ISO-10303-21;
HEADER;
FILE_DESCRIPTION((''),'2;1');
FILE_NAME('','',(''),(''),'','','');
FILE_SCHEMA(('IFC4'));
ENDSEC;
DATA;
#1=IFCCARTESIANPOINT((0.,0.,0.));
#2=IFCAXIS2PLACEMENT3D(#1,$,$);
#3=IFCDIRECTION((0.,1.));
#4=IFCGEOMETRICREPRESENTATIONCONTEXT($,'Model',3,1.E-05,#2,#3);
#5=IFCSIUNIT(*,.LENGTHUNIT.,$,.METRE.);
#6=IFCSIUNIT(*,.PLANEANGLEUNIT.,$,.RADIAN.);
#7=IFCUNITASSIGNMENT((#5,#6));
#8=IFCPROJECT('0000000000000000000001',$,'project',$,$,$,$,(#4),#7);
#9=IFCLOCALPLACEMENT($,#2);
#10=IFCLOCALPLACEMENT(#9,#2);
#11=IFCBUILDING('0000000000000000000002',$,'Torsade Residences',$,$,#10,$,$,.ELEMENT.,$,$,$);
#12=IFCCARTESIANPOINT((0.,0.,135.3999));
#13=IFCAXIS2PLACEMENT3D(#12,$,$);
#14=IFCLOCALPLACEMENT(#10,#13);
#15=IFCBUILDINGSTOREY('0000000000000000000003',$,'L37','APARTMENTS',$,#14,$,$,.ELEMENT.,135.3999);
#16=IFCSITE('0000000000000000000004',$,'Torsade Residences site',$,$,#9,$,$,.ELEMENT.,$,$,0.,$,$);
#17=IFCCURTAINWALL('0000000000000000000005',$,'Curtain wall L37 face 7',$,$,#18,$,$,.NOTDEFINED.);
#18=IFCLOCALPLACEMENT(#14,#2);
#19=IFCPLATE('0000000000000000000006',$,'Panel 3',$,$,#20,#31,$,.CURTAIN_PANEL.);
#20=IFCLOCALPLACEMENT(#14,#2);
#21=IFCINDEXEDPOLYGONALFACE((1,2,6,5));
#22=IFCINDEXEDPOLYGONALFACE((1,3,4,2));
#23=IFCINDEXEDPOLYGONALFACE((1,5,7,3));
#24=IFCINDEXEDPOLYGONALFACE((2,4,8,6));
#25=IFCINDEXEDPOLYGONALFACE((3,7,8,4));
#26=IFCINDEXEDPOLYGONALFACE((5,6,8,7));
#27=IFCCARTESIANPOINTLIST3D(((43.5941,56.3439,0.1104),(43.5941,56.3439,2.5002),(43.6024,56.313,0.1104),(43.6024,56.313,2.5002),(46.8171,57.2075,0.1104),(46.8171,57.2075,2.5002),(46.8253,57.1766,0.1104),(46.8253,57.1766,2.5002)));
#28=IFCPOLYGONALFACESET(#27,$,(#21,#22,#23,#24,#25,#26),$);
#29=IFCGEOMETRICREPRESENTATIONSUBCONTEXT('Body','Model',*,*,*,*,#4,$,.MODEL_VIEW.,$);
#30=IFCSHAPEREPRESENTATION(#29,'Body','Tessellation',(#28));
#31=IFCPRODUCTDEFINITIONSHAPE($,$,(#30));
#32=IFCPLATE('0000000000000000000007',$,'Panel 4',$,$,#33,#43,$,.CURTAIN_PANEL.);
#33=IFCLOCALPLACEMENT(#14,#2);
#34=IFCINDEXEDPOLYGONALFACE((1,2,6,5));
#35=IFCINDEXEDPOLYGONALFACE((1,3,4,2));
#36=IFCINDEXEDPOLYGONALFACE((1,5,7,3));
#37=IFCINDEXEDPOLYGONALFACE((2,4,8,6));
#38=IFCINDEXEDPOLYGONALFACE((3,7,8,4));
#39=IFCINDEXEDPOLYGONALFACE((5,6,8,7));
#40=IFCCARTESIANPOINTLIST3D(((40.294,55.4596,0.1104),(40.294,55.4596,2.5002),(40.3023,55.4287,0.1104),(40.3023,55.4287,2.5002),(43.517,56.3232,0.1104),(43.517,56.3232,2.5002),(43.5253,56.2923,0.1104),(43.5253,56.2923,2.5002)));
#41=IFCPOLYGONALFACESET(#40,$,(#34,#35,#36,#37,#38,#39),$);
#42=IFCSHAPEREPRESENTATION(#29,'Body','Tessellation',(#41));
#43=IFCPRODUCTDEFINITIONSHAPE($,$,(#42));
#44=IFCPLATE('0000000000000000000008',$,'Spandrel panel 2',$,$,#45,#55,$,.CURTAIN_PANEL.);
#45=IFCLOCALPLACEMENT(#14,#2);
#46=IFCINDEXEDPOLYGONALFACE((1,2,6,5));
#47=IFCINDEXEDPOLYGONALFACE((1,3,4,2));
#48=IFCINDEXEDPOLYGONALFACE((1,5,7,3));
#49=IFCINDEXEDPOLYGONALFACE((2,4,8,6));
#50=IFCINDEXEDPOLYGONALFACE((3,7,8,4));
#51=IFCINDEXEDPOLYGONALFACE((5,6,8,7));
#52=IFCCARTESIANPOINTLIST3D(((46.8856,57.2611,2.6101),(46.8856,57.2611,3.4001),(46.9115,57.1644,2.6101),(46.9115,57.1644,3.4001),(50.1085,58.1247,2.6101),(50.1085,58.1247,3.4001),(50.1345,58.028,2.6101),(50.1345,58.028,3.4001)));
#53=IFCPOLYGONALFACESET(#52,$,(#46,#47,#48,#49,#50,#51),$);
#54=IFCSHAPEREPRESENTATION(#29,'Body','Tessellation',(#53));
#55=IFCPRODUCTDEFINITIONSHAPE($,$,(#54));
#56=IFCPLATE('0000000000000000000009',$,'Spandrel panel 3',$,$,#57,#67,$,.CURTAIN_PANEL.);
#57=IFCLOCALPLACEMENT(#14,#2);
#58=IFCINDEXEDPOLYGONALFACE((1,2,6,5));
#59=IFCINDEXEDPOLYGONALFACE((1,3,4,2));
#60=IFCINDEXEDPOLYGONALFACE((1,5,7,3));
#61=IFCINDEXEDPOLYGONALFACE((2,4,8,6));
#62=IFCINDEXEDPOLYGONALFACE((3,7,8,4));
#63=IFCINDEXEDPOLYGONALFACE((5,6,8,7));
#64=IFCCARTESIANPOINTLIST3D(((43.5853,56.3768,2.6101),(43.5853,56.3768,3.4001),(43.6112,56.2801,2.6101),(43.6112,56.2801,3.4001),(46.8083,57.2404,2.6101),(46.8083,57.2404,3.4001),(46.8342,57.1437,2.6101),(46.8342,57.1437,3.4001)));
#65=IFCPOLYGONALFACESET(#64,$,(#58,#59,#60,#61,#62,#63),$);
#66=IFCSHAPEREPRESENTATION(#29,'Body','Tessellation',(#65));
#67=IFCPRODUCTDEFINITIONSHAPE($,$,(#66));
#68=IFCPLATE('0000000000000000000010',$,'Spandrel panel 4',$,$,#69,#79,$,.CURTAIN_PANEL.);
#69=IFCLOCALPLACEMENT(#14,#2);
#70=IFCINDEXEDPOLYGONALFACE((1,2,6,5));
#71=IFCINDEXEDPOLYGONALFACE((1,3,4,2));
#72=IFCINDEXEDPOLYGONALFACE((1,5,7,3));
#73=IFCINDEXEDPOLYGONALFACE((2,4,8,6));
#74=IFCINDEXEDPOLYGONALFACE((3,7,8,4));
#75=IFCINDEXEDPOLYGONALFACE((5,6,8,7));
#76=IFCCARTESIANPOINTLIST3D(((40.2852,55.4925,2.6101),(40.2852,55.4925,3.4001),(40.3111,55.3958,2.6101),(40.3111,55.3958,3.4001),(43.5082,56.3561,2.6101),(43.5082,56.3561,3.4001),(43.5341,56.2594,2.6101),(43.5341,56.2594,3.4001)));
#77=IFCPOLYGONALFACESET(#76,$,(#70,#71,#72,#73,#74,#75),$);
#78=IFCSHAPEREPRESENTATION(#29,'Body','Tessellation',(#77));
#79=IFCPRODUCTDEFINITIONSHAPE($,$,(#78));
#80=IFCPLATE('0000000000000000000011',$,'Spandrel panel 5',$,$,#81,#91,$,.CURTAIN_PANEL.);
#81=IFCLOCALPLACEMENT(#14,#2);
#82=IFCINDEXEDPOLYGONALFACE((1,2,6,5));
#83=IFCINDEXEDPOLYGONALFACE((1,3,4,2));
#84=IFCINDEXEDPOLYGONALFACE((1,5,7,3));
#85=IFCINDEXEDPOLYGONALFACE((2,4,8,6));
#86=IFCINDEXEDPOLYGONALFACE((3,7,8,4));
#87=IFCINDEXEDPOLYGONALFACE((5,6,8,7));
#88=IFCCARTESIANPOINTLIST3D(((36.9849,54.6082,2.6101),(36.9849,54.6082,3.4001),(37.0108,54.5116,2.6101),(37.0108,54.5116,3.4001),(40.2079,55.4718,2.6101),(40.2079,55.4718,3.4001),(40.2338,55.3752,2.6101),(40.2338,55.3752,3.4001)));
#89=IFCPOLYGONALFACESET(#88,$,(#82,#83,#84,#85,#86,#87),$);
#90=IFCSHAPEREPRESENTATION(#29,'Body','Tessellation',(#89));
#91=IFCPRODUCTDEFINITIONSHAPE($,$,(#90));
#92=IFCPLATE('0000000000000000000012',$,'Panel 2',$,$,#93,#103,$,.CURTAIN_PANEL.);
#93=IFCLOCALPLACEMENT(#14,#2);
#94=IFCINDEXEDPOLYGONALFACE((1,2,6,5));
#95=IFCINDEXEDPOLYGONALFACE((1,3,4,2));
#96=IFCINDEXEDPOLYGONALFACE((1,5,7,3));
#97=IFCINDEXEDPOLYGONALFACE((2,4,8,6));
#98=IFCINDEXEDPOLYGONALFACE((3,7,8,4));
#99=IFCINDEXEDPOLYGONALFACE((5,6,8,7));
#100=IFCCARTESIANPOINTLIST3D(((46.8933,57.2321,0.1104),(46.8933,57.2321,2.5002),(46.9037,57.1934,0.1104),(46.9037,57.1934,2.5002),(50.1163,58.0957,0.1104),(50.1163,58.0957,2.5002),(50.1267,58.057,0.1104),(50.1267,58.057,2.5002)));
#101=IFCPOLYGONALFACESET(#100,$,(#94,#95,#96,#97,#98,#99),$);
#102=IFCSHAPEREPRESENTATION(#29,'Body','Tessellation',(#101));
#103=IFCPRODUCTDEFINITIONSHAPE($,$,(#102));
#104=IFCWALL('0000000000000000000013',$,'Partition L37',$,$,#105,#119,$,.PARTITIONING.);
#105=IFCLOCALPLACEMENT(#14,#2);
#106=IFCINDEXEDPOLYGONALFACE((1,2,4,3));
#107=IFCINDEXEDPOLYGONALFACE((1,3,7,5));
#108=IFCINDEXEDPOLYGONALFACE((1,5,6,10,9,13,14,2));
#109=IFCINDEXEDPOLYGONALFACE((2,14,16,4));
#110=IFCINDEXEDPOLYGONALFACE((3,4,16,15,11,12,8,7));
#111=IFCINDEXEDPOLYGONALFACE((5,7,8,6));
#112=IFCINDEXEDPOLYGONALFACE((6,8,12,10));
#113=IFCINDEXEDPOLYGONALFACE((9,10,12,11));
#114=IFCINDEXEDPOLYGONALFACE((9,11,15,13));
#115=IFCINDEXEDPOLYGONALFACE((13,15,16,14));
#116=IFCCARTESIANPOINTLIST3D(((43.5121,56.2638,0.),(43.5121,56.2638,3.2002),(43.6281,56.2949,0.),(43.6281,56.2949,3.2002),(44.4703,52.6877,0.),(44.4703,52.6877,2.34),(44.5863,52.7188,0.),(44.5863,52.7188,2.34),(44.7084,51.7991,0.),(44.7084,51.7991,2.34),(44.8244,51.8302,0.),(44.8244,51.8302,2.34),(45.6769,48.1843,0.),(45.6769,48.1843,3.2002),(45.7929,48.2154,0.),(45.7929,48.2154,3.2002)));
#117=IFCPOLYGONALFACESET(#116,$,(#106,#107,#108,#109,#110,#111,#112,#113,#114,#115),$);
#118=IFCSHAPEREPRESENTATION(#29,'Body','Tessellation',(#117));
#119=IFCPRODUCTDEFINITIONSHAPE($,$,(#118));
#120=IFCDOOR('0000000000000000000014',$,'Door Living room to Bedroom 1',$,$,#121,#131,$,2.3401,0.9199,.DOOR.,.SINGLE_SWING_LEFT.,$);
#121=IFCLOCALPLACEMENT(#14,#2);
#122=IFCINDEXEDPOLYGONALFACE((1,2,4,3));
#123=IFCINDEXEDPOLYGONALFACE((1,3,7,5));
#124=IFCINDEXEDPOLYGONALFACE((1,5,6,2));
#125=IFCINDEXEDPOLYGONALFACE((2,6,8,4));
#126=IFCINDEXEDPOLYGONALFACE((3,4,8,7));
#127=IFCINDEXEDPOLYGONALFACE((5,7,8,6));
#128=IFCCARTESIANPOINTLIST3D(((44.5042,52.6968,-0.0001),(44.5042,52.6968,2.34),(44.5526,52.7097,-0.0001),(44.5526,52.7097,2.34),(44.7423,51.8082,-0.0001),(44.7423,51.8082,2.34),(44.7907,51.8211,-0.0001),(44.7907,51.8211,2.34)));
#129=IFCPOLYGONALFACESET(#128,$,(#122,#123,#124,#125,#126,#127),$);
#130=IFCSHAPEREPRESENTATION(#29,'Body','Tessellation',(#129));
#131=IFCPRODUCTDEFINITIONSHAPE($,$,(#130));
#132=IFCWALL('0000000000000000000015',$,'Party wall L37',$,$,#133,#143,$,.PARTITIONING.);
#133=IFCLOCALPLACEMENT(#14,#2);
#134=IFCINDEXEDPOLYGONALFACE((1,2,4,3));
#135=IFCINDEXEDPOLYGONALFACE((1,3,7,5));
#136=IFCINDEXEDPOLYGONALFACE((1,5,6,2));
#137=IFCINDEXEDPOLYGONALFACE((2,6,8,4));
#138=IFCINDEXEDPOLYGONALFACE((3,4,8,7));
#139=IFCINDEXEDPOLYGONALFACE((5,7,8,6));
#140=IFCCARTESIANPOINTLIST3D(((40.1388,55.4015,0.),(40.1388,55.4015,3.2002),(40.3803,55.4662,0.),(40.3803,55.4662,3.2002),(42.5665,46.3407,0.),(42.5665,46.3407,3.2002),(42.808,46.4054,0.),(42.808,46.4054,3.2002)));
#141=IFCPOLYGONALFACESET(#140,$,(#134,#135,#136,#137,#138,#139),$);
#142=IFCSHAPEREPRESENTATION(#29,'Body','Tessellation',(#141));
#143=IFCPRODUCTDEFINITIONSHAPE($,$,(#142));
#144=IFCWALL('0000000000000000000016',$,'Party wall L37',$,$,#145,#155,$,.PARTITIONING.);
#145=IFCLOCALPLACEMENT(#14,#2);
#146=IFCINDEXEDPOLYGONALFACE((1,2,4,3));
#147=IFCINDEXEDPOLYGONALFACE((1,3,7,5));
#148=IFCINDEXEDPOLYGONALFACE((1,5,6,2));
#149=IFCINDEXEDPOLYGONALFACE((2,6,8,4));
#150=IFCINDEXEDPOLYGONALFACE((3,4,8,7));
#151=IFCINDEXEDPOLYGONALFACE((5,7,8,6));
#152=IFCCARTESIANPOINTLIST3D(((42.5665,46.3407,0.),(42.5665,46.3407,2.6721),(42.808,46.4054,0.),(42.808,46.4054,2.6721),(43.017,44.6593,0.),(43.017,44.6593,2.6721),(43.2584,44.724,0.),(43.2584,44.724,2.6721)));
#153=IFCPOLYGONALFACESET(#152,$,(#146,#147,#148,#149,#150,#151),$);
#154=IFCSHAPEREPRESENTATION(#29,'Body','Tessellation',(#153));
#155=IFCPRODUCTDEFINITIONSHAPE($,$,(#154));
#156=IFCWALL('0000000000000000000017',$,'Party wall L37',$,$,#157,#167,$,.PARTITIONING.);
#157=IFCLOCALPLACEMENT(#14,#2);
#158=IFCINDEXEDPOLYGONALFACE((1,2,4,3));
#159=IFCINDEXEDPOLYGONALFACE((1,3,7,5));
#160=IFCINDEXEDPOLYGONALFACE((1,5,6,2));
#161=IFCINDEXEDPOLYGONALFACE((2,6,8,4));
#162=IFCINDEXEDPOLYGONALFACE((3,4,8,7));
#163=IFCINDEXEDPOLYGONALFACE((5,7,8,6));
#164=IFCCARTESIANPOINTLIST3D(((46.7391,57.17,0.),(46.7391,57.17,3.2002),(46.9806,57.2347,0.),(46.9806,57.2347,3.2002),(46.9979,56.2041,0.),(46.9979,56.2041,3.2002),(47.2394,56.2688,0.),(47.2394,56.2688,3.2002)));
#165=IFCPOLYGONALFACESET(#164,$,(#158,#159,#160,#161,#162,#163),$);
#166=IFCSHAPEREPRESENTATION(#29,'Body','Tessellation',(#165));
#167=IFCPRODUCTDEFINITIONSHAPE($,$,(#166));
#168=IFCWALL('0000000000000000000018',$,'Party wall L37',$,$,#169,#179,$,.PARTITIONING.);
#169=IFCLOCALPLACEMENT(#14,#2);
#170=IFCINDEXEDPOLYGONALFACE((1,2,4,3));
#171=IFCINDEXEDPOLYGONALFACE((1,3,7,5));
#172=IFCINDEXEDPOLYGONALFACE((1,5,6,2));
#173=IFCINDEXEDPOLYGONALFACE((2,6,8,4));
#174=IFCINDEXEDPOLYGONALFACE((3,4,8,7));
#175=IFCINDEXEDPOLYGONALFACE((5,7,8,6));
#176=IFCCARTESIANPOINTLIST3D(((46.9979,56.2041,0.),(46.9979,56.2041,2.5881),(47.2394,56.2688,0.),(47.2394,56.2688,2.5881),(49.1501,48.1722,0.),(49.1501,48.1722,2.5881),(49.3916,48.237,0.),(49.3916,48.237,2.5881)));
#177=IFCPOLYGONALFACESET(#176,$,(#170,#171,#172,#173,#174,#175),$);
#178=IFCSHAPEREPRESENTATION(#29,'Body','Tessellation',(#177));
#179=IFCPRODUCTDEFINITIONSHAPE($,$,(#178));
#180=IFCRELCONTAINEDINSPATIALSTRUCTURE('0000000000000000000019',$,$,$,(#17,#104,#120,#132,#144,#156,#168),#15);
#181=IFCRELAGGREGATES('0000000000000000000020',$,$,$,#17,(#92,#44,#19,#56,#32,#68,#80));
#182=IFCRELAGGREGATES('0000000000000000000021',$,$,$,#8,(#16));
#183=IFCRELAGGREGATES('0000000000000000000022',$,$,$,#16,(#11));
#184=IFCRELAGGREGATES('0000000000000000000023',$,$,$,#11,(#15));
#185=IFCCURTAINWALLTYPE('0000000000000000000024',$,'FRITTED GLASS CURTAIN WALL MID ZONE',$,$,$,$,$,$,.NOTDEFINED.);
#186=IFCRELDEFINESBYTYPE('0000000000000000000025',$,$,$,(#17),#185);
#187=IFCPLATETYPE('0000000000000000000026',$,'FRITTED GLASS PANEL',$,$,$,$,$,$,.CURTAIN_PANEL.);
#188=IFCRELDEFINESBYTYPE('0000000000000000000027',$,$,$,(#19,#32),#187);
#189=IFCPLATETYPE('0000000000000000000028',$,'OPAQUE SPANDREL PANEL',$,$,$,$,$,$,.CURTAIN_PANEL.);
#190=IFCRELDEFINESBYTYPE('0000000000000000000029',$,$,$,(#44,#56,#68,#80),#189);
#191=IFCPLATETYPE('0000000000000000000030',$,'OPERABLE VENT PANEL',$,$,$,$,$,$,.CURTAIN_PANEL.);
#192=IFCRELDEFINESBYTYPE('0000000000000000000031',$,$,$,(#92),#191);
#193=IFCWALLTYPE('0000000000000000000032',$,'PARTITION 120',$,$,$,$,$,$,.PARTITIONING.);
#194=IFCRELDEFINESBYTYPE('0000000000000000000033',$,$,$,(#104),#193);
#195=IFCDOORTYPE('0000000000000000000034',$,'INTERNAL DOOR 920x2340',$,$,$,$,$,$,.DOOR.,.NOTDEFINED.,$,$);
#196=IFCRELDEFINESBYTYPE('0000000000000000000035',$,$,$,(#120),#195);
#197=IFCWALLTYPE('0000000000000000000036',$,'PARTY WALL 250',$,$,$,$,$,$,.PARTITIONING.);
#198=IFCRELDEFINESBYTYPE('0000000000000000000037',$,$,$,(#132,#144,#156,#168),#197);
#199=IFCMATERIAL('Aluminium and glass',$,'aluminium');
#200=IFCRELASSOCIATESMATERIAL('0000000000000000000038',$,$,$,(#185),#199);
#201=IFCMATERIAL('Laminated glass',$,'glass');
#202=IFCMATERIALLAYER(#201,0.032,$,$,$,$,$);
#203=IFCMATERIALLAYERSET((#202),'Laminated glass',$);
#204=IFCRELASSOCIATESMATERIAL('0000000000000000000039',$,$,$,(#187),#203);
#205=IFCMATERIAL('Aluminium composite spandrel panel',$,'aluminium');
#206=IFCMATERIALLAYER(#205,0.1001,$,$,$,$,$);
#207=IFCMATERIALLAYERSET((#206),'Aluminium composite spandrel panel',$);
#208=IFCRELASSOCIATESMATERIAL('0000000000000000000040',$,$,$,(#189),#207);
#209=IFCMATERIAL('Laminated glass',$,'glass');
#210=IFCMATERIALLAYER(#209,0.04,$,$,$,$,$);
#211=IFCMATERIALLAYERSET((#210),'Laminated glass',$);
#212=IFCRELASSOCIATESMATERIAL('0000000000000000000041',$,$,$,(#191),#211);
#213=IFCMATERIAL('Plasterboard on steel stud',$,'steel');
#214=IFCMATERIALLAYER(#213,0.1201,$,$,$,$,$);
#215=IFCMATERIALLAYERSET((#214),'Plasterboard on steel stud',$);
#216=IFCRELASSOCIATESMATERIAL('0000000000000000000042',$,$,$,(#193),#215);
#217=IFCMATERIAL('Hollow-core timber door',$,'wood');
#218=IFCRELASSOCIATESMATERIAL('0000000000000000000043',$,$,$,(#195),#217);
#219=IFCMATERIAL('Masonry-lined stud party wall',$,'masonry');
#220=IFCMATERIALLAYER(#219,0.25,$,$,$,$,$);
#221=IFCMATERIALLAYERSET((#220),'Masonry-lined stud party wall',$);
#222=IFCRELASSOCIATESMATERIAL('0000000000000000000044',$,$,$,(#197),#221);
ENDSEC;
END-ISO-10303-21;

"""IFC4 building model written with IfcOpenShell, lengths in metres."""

from ifc_helpers import new_model, si_unit, direction, frame, frame_2d, origin, origin_2d, place, context, subcontext, project, spatial, rectangle, extrude, material, layer, layer_set, type_object, element, fill, aggregate, save


model = new_model("IFC4")

# Units and contexts
model_context = context("Model", 3, precision=1e-05, world=origin(), true_north=direction((0.0, 1.0)))
body_context = subcontext(model_context, "Body", "Model", "MODEL_VIEW")
ifc_project = project(units=[si_unit("LENGTHUNIT", "METRE"), si_unit("PLANEANGLEUNIT", "RADIAN")], contexts=[model_context])

# Site, building, storey
site_placement = place(None, origin())
site = spatial("IfcSite", under=ifc_project, at=site_placement, Name="Torsade Residences site", CompositionType="ELEMENT", RefElevation=0.0)
building_placement = place(site_placement, origin())
building = spatial("IfcBuilding", under=site, at=building_placement, Name="Torsade Residences", CompositionType="ELEMENT")
storey_placement = place(building_placement, frame((0.0, 0.0, 135.3999)))
storey = spatial("IfcBuildingStorey", under=building, at=storey_placement, Name="L37", Description="APARTMENTS", CompositionType="ELEMENT", Elevation=135.3999)

# Curtain wall
ifc_material_1 = material(Name="Aluminium and glass", Category="aluminium")
curtain_wall_type = type_object("IfcCurtainWallType", Name="FRITTED GLASS CURTAIN WALL MID ZONE", PredefinedType="NOTDEFINED", material=ifc_material_1)
curtain_wall_placement = place(storey_placement, origin())
curtain_wall = element("IfcCurtainWall", 1, at=curtain_wall_placement, inside=storey, type_object=curtain_wall_type, Name="Curtain wall L37 face 7", PredefinedType="NOTDEFINED")

# Plates
ifc_material_2 = material(Name="Laminated glass", Category="glass")
ifc_layer_1 = layer(ifc_material_2, 0.032)
ifc_layer_set_1 = layer_set([ifc_layer_1], Name="Laminated glass")
plate_type_1 = type_object("IfcPlateType", Name="FRITTED GLASS PANEL", PredefinedType="CURTAIN_PANEL", material=ifc_layer_set_1)
plate_1_placement = place(storey_placement, frame((45.2097, 56.7603, 0.1104), z_axis=(0.0, 0.0, 1.0), x_axis=(-0.965926, -0.258819, 0.0)))
plate_1 = element("IfcPlate", 2, at=plate_1_placement, type_object=plate_type_1, Name="Panel 3", PredefinedType="CURTAIN_PANEL", context=body_context, shape_type="SweptSolid", body=[
    extrude(rectangle(XDim=3.3367, YDim=0.032, at=origin_2d()), origin(), (0.0, 0.0, 1.0), 2.3899),
])
plate_2_placement = place(storey_placement, frame((41.9097, 55.876, 0.1104), z_axis=(0.0, 0.0, 1.0), x_axis=(-0.965926, -0.258819, 0.0)))
plate_2 = element("IfcPlate", 3, at=plate_2_placement, type_object=plate_type_1, Name="Panel 4", PredefinedType="CURTAIN_PANEL", context=body_context, shape_type="SweptSolid", body=[
    extrude(rectangle(XDim=3.3367, YDim=0.032, at=origin_2d()), origin(), (0.0, 0.0, 1.0), 2.3899),
])
ifc_material_3 = material(Name="Aluminium composite spandrel panel", Category="aluminium")
ifc_layer_2 = layer(ifc_material_3, 0.1001)
ifc_layer_set_2 = layer_set([ifc_layer_2], Name="Aluminium composite spandrel panel")
plate_type_2 = type_object("IfcPlateType", Name="OPAQUE SPANDREL PANEL", PredefinedType="CURTAIN_PANEL", material=ifc_layer_set_2)
plate_3_placement = place(storey_placement, frame((48.51, 57.6445, 2.6101), z_axis=(0.0, 0.0, 1.0), x_axis=(-0.965926, -0.258819, 0.0)))
plate_3 = element("IfcPlate", 4, at=plate_3_placement, type_object=plate_type_2, Name="Spandrel panel 2", PredefinedType="CURTAIN_PANEL", context=body_context, shape_type="SweptSolid", body=[
    extrude(rectangle(XDim=3.3367, YDim=0.1001, at=origin_2d()), origin(), (0.0, 0.0, 1.0), 0.79),
])
plate_4_placement = place(storey_placement, frame((45.2097, 56.7603, 2.6101), z_axis=(0.0, 0.0, 1.0), x_axis=(-0.965926, -0.258819, 0.0)))
plate_4 = element("IfcPlate", 5, at=plate_4_placement, type_object=plate_type_2, Name="Spandrel panel 3", PredefinedType="CURTAIN_PANEL", context=body_context, shape_type="SweptSolid", body=[
    extrude(rectangle(XDim=3.3367, YDim=0.1001, at=origin_2d()), origin(), (0.0, 0.0, 1.0), 0.79),
])
plate_5_placement = place(storey_placement, frame((41.9097, 55.876, 2.6101), z_axis=(0.0, 0.0, 1.0), x_axis=(-0.965926, -0.258819, 0.0)))
plate_5 = element("IfcPlate", 6, at=plate_5_placement, type_object=plate_type_2, Name="Spandrel panel 4", PredefinedType="CURTAIN_PANEL", context=body_context, shape_type="SweptSolid", body=[
    extrude(rectangle(XDim=3.3367, YDim=0.1001, at=origin_2d()), origin(), (0.0, 0.0, 1.0), 0.79),
])
plate_6_placement = place(storey_placement, frame((38.6094, 54.9917, 2.6101), z_axis=(0.0, 0.0, 1.0), x_axis=(-0.965926, -0.258819, 0.0)))
plate_6 = element("IfcPlate", 7, at=plate_6_placement, type_object=plate_type_2, Name="Spandrel panel 5", PredefinedType="CURTAIN_PANEL", context=body_context, shape_type="SweptSolid", body=[
    extrude(rectangle(XDim=3.3367, YDim=0.1001, at=origin_2d()), origin(), (0.0, 0.0, 1.0), 0.79),
])
ifc_material_4 = material(Name="Laminated glass", Category="glass")
ifc_layer_3 = layer(ifc_material_4, 0.04)
ifc_layer_set_3 = layer_set([ifc_layer_3], Name="Laminated glass")
plate_type_3 = type_object("IfcPlateType", Name="OPERABLE VENT PANEL", PredefinedType="CURTAIN_PANEL", material=ifc_layer_set_3)
plate_7_placement = place(storey_placement, frame((48.51, 57.6445, 0.1104), z_axis=(0.0, 0.0, 1.0), x_axis=(-0.965926, -0.258819, 0.0)))
plate_7 = element("IfcPlate", 8, at=plate_7_placement, type_object=plate_type_3, Name="Panel 2", PredefinedType="CURTAIN_PANEL", context=body_context, shape_type="SweptSolid", body=[
    extrude(rectangle(XDim=3.3367, YDim=0.04, at=origin_2d()), origin(), (0.0, 0.0, 1.0), 2.3899),
])
aggregate(curtain_wall, [plate_7, plate_3, plate_1, plate_4, plate_2, plate_5, plate_6])

# Wall, opening, door
ifc_material_5 = material(Name="Plasterboard on steel stud", Category="steel")
ifc_layer_4 = layer(ifc_material_5, 0.1201)
ifc_layer_set_4 = layer_set([ifc_layer_4], Name="Plasterboard on steel stud")
wall_type_1 = type_object("IfcWallType", Name="PARTITION 120", PredefinedType="PARTITIONING", material=ifc_layer_set_4)
wall_1_placement = place(storey_placement, frame((45.7349, 48.2, 0.0), z_axis=(0.0, 0.0, 1.0), x_axis=(-0.258805, 0.96593, 0.0)))
wall_1 = element("IfcWall", 9, at=wall_1_placement, inside=storey, type_object=wall_type_1, Name="Partition L37", PredefinedType="PARTITIONING", context=body_context, shape_type="SweptSolid", body=[
    extrude(rectangle(XDim=8.3645, YDim=0.1201, at=frame_2d((4.1821, 0.0))), origin(), (0.0, 0.0, 1.0), 3.2002),
])
opening_placement = place(wall_1_placement, frame((3.7422, 0.0, 0.0)))
opening = element("IfcOpeningElement", 10, at=opening_placement, cuts=wall_1, PredefinedType="OPENING", context=body_context, shape_type="SweptSolid", body=[
    extrude(rectangle(XDim=0.9199, YDim=2.3401, at=frame_2d((0.46, 1.1699))), frame((0.0, 0.0701, 0.0), z_axis=(0.0, -1.0, 0.0), x_axis=(1.0, 0.0, 0.0)), (0.0, 0.0, 1.0), 0.1401),
])
ifc_material_6 = material(Name="Hollow-core timber door", Category="wood")
door_type = type_object("IfcDoorType", Name="INTERNAL DOOR 920x2340", OperationType="NOTDEFINED", PredefinedType="DOOR", material=ifc_material_6)
door_placement = place(opening_placement, origin())
door = element("IfcDoor", 11, at=door_placement, inside=storey, type_object=door_type, Name="Door Living room to Bedroom 1", OperationType="SINGLE_SWING_LEFT", OverallHeight=2.3401, OverallWidth=0.9199, PredefinedType="DOOR", context=body_context, shape_type="SweptSolid", body=[
    extrude(rectangle(XDim=0.9199, YDim=2.3401, at=frame_2d((0.46, 1.1699))), frame((0.0, 0.0249, 0.0), z_axis=(0.0, -1.0, 0.0), x_axis=(1.0, 0.0, 0.0)), (0.0, 0.0, 1.0), 0.05),
])
fill(opening, door)

# Walls
ifc_material_7 = material(Name="Masonry-lined stud party wall", Category="masonry")
ifc_layer_5 = layer(ifc_material_7, 0.25)
ifc_layer_set_5 = layer_set([ifc_layer_5], Name="Masonry-lined stud party wall")
wall_type_2 = type_object("IfcWallType", Name="PARTY WALL 250", PredefinedType="PARTITIONING", material=ifc_layer_set_5)
wall_2_placement = place(storey_placement, frame((40.2595, 55.4338, 0.0), z_axis=(0.0, 0.0, 1.0), x_axis=(0.258809, -0.965928, 0.0)))
element("IfcWall", 12, at=wall_2_placement, inside=storey, type_object=wall_type_2, Name="Party wall L37", PredefinedType="PARTITIONING", context=body_context, shape_type="SweptSolid", body=[
    extrude(rectangle(XDim=9.3804, YDim=0.25, at=frame_2d((4.6902, 0.0))), origin(), (0.0, 0.0, 1.0), 3.2002),
])
wall_3_placement = place(storey_placement, frame((42.6873, 46.373, 0.0), z_axis=(0.0, 0.0, 1.0), x_axis=(0.258771, -0.965939, 0.0)))
element("IfcWall", 13, at=wall_3_placement, inside=storey, type_object=wall_type_2, Name="Party wall L37", PredefinedType="PARTITIONING", context=body_context, shape_type="SweptSolid", body=[
    extrude(rectangle(XDim=1.7407, YDim=0.25, at=frame_2d((0.8704, 0.0))), origin(), (0.0, 0.0, 1.0), 2.6721),
])
wall_4_placement = place(storey_placement, frame((46.8599, 57.2024, 0.0), z_axis=(0.0, 0.0, 1.0), x_axis=(0.258817, -0.965926, 0.0)))
element("IfcWall", 14, at=wall_4_placement, inside=storey, type_object=wall_type_2, Name="Party wall L37", PredefinedType="PARTITIONING", context=body_context, shape_type="SweptSolid", body=[
    extrude(rectangle(XDim=1.0, YDim=0.25, at=frame_2d((0.5, 0.0))), origin(), (0.0, 0.0, 1.0), 3.2002),
])
wall_5_placement = place(storey_placement, frame((47.1187, 56.2366, 0.0), z_axis=(0.0, 0.0, 1.0), x_axis=(0.258819, -0.965926, 0.0)))
element("IfcWall", 15, at=wall_5_placement, inside=storey, type_object=wall_type_2, Name="Party wall L37", PredefinedType="PARTITIONING", context=body_context, shape_type="SweptSolid", body=[
    extrude(rectangle(XDim=8.3152, YDim=0.25, at=frame_2d((4.1577, 0.0))), origin(), (0.0, 0.0, 1.0), 2.5881),
])

save(model, "model.ifc")
